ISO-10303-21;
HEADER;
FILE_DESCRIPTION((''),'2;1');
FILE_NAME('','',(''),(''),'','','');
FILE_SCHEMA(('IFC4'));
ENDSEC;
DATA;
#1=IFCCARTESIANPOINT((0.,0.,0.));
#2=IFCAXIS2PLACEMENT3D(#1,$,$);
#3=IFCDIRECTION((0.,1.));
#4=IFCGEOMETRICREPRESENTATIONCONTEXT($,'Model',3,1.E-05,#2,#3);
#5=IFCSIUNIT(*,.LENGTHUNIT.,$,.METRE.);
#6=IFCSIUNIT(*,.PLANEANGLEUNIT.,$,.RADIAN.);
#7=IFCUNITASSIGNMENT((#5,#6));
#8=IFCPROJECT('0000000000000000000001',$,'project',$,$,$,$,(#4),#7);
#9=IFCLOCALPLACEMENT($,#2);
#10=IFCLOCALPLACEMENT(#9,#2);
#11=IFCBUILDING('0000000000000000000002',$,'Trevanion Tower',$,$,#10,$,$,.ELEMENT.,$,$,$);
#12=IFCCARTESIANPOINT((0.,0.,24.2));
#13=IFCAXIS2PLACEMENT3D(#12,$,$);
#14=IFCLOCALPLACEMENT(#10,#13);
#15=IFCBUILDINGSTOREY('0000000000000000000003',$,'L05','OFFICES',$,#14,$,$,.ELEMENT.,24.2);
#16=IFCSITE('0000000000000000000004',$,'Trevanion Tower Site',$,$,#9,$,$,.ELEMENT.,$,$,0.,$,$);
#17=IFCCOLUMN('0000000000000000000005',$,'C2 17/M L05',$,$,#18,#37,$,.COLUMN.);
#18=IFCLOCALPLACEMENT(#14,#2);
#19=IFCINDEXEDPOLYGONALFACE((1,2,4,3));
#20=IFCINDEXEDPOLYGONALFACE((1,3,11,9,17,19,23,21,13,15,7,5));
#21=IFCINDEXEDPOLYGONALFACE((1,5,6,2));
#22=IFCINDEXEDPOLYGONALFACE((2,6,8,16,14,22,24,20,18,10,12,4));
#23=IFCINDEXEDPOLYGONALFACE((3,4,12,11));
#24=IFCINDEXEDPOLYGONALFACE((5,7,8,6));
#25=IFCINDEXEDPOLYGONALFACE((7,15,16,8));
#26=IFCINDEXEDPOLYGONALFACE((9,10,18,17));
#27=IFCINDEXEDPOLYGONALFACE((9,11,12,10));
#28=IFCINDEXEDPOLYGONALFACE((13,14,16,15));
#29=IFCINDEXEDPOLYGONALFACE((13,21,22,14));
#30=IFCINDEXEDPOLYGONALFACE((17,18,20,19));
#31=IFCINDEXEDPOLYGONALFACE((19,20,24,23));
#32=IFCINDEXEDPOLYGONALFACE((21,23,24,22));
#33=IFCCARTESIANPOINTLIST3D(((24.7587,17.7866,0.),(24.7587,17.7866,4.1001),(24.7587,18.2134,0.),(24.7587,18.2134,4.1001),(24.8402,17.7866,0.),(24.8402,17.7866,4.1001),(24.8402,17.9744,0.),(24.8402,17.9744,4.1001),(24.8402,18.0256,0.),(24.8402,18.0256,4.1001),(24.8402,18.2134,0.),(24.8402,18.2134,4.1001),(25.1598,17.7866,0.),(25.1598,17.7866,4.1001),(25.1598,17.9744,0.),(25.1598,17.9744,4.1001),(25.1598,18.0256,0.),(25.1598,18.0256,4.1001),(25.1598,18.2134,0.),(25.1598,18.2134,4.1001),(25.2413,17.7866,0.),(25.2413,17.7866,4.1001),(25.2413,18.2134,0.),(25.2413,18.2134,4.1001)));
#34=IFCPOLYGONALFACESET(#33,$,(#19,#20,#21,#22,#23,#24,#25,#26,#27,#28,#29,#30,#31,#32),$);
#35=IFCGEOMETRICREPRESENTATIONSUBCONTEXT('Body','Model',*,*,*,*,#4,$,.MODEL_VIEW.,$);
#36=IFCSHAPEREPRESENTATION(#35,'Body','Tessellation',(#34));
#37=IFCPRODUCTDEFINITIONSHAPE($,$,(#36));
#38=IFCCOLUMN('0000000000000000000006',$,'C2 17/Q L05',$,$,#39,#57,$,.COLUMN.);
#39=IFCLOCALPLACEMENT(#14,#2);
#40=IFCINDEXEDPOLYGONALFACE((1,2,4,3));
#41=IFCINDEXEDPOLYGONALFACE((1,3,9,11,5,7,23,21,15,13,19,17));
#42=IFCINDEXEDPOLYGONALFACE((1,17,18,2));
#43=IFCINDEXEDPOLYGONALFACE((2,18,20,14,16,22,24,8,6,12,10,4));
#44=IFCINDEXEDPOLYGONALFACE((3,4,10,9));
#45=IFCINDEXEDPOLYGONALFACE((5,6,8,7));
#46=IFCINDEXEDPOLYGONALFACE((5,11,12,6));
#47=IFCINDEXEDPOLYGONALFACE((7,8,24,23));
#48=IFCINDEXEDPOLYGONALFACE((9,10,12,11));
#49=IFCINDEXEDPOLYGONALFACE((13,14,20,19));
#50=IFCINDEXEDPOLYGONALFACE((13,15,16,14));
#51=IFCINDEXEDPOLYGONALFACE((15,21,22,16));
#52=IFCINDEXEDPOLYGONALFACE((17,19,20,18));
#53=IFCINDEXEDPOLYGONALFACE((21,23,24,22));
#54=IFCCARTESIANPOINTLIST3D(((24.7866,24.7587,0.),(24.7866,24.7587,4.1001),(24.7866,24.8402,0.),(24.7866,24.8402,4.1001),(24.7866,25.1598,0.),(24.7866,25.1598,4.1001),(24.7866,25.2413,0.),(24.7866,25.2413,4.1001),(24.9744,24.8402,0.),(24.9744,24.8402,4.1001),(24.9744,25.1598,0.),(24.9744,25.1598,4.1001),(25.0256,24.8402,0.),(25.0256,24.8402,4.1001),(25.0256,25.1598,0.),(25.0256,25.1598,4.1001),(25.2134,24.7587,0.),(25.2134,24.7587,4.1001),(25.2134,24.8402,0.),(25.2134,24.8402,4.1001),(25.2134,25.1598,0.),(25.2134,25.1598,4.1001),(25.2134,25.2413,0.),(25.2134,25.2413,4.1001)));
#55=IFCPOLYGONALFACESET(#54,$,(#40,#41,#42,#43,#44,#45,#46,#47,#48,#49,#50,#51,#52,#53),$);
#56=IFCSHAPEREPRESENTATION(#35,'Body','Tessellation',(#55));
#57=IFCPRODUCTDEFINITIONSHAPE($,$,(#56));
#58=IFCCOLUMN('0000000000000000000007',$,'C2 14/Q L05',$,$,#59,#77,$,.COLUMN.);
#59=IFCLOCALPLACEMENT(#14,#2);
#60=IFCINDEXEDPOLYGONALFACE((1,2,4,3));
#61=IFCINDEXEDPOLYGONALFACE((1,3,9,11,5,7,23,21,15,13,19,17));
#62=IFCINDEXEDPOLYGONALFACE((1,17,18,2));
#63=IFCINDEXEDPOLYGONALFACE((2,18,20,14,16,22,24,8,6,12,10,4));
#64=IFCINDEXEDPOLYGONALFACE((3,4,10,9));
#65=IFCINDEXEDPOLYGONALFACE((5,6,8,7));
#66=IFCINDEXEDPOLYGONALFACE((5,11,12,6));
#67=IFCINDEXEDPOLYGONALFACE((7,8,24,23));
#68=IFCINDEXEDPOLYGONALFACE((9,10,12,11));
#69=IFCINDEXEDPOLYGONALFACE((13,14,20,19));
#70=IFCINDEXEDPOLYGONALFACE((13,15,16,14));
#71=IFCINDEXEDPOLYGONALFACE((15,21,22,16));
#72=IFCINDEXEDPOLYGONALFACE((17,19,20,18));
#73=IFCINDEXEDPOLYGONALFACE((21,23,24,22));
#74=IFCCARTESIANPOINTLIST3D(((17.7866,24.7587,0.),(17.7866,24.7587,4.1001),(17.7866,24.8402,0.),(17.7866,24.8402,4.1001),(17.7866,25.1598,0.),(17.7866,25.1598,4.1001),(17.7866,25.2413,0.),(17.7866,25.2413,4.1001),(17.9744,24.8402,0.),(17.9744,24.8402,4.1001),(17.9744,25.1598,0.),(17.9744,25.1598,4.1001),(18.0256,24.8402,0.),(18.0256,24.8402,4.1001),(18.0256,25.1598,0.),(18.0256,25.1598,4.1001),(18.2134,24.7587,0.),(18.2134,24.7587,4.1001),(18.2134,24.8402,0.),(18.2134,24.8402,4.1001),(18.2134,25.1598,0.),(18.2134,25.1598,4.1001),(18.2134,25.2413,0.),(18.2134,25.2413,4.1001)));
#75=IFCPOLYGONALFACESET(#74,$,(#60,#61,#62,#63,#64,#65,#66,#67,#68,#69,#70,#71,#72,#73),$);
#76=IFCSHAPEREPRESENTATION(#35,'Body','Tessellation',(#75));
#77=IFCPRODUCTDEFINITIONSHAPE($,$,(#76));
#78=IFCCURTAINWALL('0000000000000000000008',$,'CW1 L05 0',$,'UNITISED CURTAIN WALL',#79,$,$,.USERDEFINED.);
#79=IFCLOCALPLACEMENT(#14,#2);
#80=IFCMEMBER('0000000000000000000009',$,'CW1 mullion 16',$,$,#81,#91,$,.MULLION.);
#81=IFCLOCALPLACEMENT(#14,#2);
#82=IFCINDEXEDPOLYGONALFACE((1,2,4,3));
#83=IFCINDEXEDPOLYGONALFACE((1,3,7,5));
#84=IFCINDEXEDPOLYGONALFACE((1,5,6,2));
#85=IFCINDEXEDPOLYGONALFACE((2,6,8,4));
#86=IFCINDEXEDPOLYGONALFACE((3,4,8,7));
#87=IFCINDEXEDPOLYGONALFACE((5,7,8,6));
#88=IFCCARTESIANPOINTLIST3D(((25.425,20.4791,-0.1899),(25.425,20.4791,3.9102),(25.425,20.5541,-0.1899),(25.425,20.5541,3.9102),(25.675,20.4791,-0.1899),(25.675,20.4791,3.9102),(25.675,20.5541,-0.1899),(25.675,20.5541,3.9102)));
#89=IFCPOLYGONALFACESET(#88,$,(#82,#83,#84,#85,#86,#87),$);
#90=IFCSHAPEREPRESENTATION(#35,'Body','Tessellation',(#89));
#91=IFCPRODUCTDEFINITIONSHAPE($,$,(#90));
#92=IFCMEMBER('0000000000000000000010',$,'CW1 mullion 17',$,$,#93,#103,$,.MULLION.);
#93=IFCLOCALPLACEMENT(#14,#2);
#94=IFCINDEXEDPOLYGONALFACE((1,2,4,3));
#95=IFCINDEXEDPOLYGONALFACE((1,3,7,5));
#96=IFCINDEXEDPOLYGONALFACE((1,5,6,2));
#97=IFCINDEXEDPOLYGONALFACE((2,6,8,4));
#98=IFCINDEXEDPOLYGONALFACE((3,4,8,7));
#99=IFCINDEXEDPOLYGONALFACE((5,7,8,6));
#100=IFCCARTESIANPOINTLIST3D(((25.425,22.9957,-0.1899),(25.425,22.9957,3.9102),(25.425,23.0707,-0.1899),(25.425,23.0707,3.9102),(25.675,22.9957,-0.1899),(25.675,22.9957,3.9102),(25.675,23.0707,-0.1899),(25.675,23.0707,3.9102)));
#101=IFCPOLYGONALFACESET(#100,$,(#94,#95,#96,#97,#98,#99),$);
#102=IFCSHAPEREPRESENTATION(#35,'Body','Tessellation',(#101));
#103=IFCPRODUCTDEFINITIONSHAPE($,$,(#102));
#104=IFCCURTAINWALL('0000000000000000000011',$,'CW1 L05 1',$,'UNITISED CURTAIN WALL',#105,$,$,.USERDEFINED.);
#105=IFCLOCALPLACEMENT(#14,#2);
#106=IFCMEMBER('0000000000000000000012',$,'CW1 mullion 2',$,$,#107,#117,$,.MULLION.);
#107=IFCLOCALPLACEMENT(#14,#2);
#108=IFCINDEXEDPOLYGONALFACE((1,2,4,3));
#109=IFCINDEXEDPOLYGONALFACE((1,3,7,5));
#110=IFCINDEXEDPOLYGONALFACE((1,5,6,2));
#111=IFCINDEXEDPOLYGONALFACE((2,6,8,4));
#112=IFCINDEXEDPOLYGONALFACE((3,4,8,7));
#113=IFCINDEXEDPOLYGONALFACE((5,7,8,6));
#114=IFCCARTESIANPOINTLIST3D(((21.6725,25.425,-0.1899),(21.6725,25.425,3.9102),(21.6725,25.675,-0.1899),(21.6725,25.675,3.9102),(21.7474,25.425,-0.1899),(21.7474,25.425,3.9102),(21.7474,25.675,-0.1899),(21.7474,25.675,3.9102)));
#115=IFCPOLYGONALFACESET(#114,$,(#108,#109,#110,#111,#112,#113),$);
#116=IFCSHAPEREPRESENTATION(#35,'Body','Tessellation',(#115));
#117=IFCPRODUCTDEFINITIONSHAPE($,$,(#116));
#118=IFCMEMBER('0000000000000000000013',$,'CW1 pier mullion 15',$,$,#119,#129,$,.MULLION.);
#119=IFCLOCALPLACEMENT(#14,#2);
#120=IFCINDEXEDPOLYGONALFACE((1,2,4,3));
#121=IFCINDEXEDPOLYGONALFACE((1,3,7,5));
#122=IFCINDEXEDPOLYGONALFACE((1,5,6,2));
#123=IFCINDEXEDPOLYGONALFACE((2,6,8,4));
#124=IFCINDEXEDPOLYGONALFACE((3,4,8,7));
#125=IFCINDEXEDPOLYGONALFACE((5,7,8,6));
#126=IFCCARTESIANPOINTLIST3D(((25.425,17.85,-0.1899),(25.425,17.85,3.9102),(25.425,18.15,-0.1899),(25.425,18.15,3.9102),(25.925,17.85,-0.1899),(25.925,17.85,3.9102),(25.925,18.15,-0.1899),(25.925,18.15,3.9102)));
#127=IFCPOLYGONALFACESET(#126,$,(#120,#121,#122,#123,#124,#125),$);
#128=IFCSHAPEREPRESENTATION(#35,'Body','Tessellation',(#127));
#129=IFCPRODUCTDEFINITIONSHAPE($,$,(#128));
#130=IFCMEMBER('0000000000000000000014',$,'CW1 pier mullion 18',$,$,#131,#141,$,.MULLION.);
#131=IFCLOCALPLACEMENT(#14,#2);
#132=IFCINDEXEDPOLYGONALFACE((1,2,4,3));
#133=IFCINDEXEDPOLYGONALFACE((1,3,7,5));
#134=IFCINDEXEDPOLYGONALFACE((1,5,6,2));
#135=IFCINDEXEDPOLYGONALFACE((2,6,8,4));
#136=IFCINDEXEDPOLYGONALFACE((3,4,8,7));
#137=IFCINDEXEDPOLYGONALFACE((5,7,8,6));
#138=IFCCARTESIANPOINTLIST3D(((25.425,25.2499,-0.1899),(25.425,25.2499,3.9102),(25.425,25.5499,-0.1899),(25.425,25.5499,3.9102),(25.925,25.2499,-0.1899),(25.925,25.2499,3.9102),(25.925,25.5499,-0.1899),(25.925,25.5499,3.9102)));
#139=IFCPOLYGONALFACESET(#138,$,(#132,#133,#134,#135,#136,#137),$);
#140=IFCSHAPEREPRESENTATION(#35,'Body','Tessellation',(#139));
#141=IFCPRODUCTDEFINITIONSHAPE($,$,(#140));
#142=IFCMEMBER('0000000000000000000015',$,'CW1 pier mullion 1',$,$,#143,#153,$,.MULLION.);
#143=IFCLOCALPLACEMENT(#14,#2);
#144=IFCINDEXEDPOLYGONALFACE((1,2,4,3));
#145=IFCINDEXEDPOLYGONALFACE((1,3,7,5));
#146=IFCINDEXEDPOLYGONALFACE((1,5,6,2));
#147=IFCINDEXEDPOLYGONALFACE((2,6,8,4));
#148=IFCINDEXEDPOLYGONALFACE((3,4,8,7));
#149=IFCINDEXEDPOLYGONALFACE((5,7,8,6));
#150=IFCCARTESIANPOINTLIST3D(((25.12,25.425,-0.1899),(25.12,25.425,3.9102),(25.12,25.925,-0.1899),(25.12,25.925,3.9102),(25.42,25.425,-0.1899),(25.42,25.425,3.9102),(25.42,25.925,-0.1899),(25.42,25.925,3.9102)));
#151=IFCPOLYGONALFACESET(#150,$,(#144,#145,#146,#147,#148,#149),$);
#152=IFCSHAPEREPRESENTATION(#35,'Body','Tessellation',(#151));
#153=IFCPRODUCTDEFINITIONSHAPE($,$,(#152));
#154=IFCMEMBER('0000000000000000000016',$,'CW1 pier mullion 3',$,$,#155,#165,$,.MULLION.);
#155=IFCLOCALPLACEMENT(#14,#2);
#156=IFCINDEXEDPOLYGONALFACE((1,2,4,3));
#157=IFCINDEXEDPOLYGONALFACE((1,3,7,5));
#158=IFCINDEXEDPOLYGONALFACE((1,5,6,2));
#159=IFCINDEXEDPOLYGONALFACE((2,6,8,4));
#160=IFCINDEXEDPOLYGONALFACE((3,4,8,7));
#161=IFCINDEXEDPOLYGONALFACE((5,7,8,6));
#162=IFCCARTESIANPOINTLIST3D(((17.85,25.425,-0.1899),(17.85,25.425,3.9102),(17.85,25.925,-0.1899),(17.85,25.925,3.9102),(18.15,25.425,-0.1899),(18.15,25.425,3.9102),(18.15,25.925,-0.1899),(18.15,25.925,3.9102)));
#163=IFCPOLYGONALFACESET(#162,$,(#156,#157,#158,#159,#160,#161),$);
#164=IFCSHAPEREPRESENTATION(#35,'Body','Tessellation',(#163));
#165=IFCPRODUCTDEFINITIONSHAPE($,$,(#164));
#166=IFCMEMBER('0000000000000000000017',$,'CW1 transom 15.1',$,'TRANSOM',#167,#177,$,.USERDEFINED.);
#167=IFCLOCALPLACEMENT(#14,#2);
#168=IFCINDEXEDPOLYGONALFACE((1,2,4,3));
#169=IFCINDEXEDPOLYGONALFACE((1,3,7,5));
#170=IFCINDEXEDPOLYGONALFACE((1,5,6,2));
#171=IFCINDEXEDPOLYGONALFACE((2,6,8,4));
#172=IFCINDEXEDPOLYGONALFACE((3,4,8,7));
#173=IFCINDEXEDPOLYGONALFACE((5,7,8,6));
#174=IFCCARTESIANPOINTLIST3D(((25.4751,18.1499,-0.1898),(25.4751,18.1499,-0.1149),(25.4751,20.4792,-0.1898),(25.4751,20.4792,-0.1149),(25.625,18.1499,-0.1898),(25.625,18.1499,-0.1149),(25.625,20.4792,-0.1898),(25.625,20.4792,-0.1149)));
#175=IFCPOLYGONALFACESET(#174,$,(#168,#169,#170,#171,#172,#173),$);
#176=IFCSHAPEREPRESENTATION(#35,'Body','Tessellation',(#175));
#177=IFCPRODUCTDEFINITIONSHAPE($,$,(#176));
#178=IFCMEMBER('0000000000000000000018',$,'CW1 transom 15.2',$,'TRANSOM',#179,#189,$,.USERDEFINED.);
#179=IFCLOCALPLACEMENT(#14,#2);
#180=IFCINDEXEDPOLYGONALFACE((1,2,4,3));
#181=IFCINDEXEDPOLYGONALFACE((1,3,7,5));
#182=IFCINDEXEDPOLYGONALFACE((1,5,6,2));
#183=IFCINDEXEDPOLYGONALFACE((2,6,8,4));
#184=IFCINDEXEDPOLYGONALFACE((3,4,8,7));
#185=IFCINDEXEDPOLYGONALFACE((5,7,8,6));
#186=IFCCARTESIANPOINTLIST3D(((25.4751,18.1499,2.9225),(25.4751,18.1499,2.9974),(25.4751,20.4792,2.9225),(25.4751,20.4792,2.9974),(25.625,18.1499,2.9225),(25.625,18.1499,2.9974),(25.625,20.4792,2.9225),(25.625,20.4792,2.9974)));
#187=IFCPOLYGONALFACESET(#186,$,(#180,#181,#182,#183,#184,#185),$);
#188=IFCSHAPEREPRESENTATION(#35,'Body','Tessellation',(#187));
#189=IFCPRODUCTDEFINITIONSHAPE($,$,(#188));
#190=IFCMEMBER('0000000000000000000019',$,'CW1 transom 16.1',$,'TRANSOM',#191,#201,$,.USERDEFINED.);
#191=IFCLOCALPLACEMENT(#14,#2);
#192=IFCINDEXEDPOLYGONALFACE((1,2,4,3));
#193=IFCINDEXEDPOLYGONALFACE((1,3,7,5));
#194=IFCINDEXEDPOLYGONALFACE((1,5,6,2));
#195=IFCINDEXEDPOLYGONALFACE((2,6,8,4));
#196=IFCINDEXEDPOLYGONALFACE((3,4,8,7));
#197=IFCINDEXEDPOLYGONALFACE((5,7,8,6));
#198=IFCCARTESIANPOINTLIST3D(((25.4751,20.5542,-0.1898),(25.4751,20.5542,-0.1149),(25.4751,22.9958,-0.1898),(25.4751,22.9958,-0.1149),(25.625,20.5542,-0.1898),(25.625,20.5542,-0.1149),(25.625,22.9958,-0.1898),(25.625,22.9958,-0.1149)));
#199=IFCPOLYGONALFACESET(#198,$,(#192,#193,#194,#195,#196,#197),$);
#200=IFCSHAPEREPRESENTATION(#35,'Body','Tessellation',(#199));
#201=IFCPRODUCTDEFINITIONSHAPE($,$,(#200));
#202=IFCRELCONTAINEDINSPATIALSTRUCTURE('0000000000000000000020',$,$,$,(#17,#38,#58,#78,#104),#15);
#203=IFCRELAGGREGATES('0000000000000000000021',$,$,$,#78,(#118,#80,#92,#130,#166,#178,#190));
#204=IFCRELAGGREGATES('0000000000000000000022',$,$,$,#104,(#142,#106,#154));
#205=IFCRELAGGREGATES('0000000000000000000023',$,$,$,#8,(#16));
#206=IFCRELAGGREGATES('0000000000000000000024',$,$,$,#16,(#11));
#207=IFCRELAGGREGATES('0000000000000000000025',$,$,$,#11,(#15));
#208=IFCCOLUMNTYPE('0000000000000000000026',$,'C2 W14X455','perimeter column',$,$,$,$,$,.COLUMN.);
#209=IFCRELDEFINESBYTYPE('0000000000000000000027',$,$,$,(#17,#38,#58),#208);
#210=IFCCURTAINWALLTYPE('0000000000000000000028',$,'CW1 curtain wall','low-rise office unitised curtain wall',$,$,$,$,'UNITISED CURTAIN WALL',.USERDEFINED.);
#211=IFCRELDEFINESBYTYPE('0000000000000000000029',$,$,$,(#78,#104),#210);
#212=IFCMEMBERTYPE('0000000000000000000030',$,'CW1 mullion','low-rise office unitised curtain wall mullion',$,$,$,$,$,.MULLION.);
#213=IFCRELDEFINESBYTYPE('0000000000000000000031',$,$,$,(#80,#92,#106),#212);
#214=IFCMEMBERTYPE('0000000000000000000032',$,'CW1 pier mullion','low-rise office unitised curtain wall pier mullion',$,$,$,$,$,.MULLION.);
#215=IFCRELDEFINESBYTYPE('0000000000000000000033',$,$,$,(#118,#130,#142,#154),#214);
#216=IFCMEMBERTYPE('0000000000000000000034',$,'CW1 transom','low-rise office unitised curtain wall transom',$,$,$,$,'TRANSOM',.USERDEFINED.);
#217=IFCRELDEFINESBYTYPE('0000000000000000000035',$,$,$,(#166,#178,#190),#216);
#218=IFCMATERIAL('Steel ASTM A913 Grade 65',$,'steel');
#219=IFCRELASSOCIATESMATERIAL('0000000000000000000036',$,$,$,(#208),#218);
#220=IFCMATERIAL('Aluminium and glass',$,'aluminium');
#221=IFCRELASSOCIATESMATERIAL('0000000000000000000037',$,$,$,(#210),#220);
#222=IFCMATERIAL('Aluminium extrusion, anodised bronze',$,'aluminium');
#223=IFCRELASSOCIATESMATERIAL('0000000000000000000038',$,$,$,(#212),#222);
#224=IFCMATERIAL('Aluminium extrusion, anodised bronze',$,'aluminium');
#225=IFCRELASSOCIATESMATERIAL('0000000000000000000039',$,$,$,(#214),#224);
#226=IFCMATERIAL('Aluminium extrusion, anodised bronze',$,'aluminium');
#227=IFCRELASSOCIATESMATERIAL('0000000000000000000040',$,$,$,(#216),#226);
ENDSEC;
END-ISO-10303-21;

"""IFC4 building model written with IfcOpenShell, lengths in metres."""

from ifc_helpers import new_model, si_unit, direction, frame, origin, origin_2d, place, context, subcontext, project, spatial, rectangle, i_section, extrude, material, material_profile, profile_set, type_object, element, aggregate, save


model = new_model("IFC4")

# Units and contexts
model_context = context("Model", 3, precision=1e-05, world=origin(), true_north=direction((0.0, 1.0)))
body_context = subcontext(model_context, "Body", "Model", "MODEL_VIEW")
ifc_project = project(units=[si_unit("LENGTHUNIT", "METRE"), si_unit("PLANEANGLEUNIT", "RADIAN")], contexts=[model_context])

# Site, building, storey
site_placement = place(None, origin())
site = spatial("IfcSite", under=ifc_project, at=site_placement, Name="Trevanion Tower Site", CompositionType="ELEMENT", RefElevation=0.0)
building_placement = place(site_placement, origin())
building = spatial("IfcBuilding", under=site, at=building_placement, Name="Trevanion Tower", CompositionType="ELEMENT")
storey_placement = place(building_placement, frame((0.0, 0.0, 24.2)))
storey = spatial("IfcBuildingStorey", under=building, at=storey_placement, Name="L05", Description="OFFICES", CompositionType="ELEMENT", Elevation=24.2)

# Columns
ifc_material_1 = material(Name="Steel ASTM A913 Grade 65", Category="steel")
ifc_material_profile_1 = material_profile(ifc_material_1, i_section(OverallWidth=0.4268, OverallDepth=0.4827, WebThickness=0.0513, FlangeThickness=0.0815, at=origin_2d()), Name="W14X455")
ifc_profile_set_1 = profile_set([ifc_material_profile_1], Name="Steel ASTM A913 Grade 65")
column_type = type_object("IfcColumnType", Name="C2 W14X455", Description="perimeter column", PredefinedType="COLUMN", material=ifc_profile_set_1)
for number, where, z_axis, x_axis, name in (
    (1, (25.0, 18.0, 0.0), (0.0, 0.0, 1.0), (0.0, 1.0, 0.0), "C2 17/M L05"),
    (2, (25.0, 25.0, 0.0), (0.0, 0.0, 1.0), (1.0, 0.0, 0.0), "C2 17/Q L05"),
    (3, (18.0, 25.0, 0.0), (0.0, 0.0, 1.0), (1.0, 0.0, 0.0), "C2 14/Q L05"),
):
    element("IfcColumn", number, at=place(storey_placement, frame(where, z_axis=z_axis, x_axis=x_axis)), inside=storey, type_object=column_type, Name=name, PredefinedType="COLUMN", context=body_context, shape_type="SweptSolid", body=[
        extrude(i_section(OverallWidth=0.4268, OverallDepth=0.4827, WebThickness=0.0513, FlangeThickness=0.0815, at=origin_2d()), origin(), (0.0, 0.0, 1.0), 4.1001),
    ])

# Curtain wall, members
ifc_material_2 = material(Name="Aluminium and glass", Category="aluminium")
curtain_wall_type = type_object("IfcCurtainWallType", Name="CW1 curtain wall", Description="low-rise office unitised curtain wall", ElementType="UNITISED CURTAIN WALL", PredefinedType="USERDEFINED", material=ifc_material_2)
curtain_wall_1_placement = place(storey_placement, origin())
curtain_wall_1 = element("IfcCurtainWall", 4, at=curtain_wall_1_placement, inside=storey, type_object=curtain_wall_type, Name="CW1 L05 0", ObjectType="UNITISED CURTAIN WALL", PredefinedType="USERDEFINED")
ifc_material_3 = material(Name="Aluminium extrusion, anodised bronze", Category="aluminium")
ifc_material_profile_2 = material_profile(ifc_material_3, rectangle(XDim=0.075, YDim=0.25, at=origin_2d()), Name="CW1 mullion")
ifc_profile_set_2 = profile_set([ifc_material_profile_2], Name="Aluminium extrusion, anodised bronze")
member_type_1 = type_object("IfcMemberType", Name="CW1 mullion", Description="low-rise office unitised curtain wall mullion", PredefinedType="MULLION", material=ifc_profile_set_2)
member_1_placement = place(storey_placement, frame((25.55, 20.5166, -0.1899), z_axis=(0.0, 0.0, 1.0), x_axis=(0.0, 1.0, 0.0)))
member_1 = element("IfcMember", 5, at=member_1_placement, type_object=member_type_1, Name="CW1 mullion 16", PredefinedType="MULLION", context=body_context, shape_type="SweptSolid", body=[
    extrude(rectangle(XDim=0.075, YDim=0.25, at=origin_2d()), origin(), (0.0, 0.0, 1.0), 4.1001),
])
member_2_placement = place(storey_placement, frame((25.55, 23.0332, -0.1899), z_axis=(0.0, 0.0, 1.0), x_axis=(0.0, 1.0, 0.0)))
member_2 = element("IfcMember", 6, at=member_2_placement, type_object=member_type_1, Name="CW1 mullion 17", PredefinedType="MULLION", context=body_context, shape_type="SweptSolid", body=[
    extrude(rectangle(XDim=0.075, YDim=0.25, at=origin_2d()), origin(), (0.0, 0.0, 1.0), 4.1001),
])

# Curtain wall, member
curtain_wall_2_placement = place(storey_placement, origin())
curtain_wall_2 = element("IfcCurtainWall", 7, at=curtain_wall_2_placement, inside=storey, type_object=curtain_wall_type, Name="CW1 L05 1", ObjectType="UNITISED CURTAIN WALL", PredefinedType="USERDEFINED")
member_3_placement = place(storey_placement, frame((21.71, 25.55, -0.1899), z_axis=(0.0, 0.0, 1.0), x_axis=(-1.0, 0.0, 0.0)))
member_3 = element("IfcMember", 8, at=member_3_placement, type_object=member_type_1, Name="CW1 mullion 2", PredefinedType="MULLION", context=body_context, shape_type="SweptSolid", body=[
    extrude(rectangle(XDim=0.075, YDim=0.25, at=origin_2d()), origin(), (0.0, 0.0, 1.0), 4.1001),
])

# Members
ifc_material_4 = material(Name="Aluminium extrusion, anodised bronze", Category="aluminium")
ifc_material_profile_3 = material_profile(ifc_material_4, rectangle(XDim=0.3, YDim=0.5, at=origin_2d()), Name="CW1 pier mullion")
ifc_profile_set_3 = profile_set([ifc_material_profile_3], Name="Aluminium extrusion, anodised bronze")
member_type_2 = type_object("IfcMemberType", Name="CW1 pier mullion", Description="low-rise office unitised curtain wall pier mullion", PredefinedType="MULLION", material=ifc_profile_set_3)
member_4_placement = place(storey_placement, frame((25.675, 18.0, -0.1899), z_axis=(0.0, 0.0, 1.0), x_axis=(0.0, 1.0, 0.0)))
member_4 = element("IfcMember", 9, at=member_4_placement, type_object=member_type_2, Name="CW1 pier mullion 15", PredefinedType="MULLION", context=body_context, shape_type="SweptSolid", body=[
    extrude(rectangle(XDim=0.3, YDim=0.5, at=origin_2d()), origin(), (0.0, 0.0, 1.0), 4.1001),
])
member_5_placement = place(storey_placement, frame((25.675, 25.3999, -0.1899), z_axis=(0.0, 0.0, 1.0), x_axis=(0.0, 1.0, 0.0)))
member_5 = element("IfcMember", 10, at=member_5_placement, type_object=member_type_2, Name="CW1 pier mullion 18", PredefinedType="MULLION", context=body_context, shape_type="SweptSolid", body=[
    extrude(rectangle(XDim=0.3, YDim=0.5, at=origin_2d()), origin(), (0.0, 0.0, 1.0), 4.1001),
])
member_6_placement = place(storey_placement, frame((25.27, 25.675, -0.1899), z_axis=(0.0, 0.0, 1.0), x_axis=(-1.0, 0.0, 0.0)))
member_6 = element("IfcMember", 11, at=member_6_placement, type_object=member_type_2, Name="CW1 pier mullion 1", PredefinedType="MULLION", context=body_context, shape_type="SweptSolid", body=[
    extrude(rectangle(XDim=0.3, YDim=0.5, at=origin_2d()), origin(), (0.0, 0.0, 1.0), 4.1001),
])
member_7_placement = place(storey_placement, frame((18.0, 25.675, -0.1899), z_axis=(0.0, 0.0, 1.0), x_axis=(-1.0, 0.0, 0.0)))
member_7 = element("IfcMember", 12, at=member_7_placement, type_object=member_type_2, Name="CW1 pier mullion 3", PredefinedType="MULLION", context=body_context, shape_type="SweptSolid", body=[
    extrude(rectangle(XDim=0.3, YDim=0.5, at=origin_2d()), origin(), (0.0, 0.0, 1.0), 4.1001),
])
ifc_material_5 = material(Name="Aluminium extrusion, anodised bronze", Category="aluminium")
ifc_material_profile_4 = material_profile(ifc_material_5, rectangle(XDim=0.1499, YDim=0.075, at=origin_2d()), Name="CW1 transom")
ifc_profile_set_4 = profile_set([ifc_material_profile_4], Name="Aluminium extrusion, anodised bronze")
member_type_3 = type_object("IfcMemberType", Name="CW1 transom", Description="low-rise office unitised curtain wall transom", ElementType="TRANSOM", PredefinedType="USERDEFINED", material=ifc_profile_set_4)
member_8_placement = place(storey_placement, frame((25.55, 18.1499, -0.1523), z_axis=(0.0, 1.0, 0.0), x_axis=(-1.0, 0.0, 0.0)))
member_8 = element("IfcMember", 13, at=member_8_placement, type_object=member_type_3, Name="CW1 transom 15.1", ObjectType="TRANSOM", PredefinedType="USERDEFINED", context=body_context, shape_type="SweptSolid", body=[
    extrude(rectangle(XDim=0.1499, YDim=0.075, at=origin_2d()), origin(), (0.0, 0.0, 1.0), 2.3293),
])
member_9_placement = place(storey_placement, frame((25.55, 18.1499, 2.96), z_axis=(0.0, 1.0, 0.0), x_axis=(-1.0, 0.0, 0.0)))
member_9 = element("IfcMember", 14, at=member_9_placement, type_object=member_type_3, Name="CW1 transom 15.2", ObjectType="TRANSOM", PredefinedType="USERDEFINED", context=body_context, shape_type="SweptSolid", body=[
    extrude(rectangle(XDim=0.1499, YDim=0.075, at=origin_2d()), origin(), (0.0, 0.0, 1.0), 2.3293),
])
member_10_placement = place(storey_placement, frame((25.55, 20.5542, -0.1523), z_axis=(0.0, 1.0, 0.0), x_axis=(-1.0, 0.0, 0.0)))
member_10 = element("IfcMember", 15, at=member_10_placement, type_object=member_type_3, Name="CW1 transom 16.1", ObjectType="TRANSOM", PredefinedType="USERDEFINED", context=body_context, shape_type="SweptSolid", body=[
    extrude(rectangle(XDim=0.1499, YDim=0.075, at=origin_2d()), origin(), (0.0, 0.0, 1.0), 2.4417),
])

aggregate(curtain_wall_1, [member_4, member_1, member_2, member_5, member_8, member_9, member_10])
aggregate(curtain_wall_2, [member_6, member_3, member_7])

save(model, "model.ifc")
